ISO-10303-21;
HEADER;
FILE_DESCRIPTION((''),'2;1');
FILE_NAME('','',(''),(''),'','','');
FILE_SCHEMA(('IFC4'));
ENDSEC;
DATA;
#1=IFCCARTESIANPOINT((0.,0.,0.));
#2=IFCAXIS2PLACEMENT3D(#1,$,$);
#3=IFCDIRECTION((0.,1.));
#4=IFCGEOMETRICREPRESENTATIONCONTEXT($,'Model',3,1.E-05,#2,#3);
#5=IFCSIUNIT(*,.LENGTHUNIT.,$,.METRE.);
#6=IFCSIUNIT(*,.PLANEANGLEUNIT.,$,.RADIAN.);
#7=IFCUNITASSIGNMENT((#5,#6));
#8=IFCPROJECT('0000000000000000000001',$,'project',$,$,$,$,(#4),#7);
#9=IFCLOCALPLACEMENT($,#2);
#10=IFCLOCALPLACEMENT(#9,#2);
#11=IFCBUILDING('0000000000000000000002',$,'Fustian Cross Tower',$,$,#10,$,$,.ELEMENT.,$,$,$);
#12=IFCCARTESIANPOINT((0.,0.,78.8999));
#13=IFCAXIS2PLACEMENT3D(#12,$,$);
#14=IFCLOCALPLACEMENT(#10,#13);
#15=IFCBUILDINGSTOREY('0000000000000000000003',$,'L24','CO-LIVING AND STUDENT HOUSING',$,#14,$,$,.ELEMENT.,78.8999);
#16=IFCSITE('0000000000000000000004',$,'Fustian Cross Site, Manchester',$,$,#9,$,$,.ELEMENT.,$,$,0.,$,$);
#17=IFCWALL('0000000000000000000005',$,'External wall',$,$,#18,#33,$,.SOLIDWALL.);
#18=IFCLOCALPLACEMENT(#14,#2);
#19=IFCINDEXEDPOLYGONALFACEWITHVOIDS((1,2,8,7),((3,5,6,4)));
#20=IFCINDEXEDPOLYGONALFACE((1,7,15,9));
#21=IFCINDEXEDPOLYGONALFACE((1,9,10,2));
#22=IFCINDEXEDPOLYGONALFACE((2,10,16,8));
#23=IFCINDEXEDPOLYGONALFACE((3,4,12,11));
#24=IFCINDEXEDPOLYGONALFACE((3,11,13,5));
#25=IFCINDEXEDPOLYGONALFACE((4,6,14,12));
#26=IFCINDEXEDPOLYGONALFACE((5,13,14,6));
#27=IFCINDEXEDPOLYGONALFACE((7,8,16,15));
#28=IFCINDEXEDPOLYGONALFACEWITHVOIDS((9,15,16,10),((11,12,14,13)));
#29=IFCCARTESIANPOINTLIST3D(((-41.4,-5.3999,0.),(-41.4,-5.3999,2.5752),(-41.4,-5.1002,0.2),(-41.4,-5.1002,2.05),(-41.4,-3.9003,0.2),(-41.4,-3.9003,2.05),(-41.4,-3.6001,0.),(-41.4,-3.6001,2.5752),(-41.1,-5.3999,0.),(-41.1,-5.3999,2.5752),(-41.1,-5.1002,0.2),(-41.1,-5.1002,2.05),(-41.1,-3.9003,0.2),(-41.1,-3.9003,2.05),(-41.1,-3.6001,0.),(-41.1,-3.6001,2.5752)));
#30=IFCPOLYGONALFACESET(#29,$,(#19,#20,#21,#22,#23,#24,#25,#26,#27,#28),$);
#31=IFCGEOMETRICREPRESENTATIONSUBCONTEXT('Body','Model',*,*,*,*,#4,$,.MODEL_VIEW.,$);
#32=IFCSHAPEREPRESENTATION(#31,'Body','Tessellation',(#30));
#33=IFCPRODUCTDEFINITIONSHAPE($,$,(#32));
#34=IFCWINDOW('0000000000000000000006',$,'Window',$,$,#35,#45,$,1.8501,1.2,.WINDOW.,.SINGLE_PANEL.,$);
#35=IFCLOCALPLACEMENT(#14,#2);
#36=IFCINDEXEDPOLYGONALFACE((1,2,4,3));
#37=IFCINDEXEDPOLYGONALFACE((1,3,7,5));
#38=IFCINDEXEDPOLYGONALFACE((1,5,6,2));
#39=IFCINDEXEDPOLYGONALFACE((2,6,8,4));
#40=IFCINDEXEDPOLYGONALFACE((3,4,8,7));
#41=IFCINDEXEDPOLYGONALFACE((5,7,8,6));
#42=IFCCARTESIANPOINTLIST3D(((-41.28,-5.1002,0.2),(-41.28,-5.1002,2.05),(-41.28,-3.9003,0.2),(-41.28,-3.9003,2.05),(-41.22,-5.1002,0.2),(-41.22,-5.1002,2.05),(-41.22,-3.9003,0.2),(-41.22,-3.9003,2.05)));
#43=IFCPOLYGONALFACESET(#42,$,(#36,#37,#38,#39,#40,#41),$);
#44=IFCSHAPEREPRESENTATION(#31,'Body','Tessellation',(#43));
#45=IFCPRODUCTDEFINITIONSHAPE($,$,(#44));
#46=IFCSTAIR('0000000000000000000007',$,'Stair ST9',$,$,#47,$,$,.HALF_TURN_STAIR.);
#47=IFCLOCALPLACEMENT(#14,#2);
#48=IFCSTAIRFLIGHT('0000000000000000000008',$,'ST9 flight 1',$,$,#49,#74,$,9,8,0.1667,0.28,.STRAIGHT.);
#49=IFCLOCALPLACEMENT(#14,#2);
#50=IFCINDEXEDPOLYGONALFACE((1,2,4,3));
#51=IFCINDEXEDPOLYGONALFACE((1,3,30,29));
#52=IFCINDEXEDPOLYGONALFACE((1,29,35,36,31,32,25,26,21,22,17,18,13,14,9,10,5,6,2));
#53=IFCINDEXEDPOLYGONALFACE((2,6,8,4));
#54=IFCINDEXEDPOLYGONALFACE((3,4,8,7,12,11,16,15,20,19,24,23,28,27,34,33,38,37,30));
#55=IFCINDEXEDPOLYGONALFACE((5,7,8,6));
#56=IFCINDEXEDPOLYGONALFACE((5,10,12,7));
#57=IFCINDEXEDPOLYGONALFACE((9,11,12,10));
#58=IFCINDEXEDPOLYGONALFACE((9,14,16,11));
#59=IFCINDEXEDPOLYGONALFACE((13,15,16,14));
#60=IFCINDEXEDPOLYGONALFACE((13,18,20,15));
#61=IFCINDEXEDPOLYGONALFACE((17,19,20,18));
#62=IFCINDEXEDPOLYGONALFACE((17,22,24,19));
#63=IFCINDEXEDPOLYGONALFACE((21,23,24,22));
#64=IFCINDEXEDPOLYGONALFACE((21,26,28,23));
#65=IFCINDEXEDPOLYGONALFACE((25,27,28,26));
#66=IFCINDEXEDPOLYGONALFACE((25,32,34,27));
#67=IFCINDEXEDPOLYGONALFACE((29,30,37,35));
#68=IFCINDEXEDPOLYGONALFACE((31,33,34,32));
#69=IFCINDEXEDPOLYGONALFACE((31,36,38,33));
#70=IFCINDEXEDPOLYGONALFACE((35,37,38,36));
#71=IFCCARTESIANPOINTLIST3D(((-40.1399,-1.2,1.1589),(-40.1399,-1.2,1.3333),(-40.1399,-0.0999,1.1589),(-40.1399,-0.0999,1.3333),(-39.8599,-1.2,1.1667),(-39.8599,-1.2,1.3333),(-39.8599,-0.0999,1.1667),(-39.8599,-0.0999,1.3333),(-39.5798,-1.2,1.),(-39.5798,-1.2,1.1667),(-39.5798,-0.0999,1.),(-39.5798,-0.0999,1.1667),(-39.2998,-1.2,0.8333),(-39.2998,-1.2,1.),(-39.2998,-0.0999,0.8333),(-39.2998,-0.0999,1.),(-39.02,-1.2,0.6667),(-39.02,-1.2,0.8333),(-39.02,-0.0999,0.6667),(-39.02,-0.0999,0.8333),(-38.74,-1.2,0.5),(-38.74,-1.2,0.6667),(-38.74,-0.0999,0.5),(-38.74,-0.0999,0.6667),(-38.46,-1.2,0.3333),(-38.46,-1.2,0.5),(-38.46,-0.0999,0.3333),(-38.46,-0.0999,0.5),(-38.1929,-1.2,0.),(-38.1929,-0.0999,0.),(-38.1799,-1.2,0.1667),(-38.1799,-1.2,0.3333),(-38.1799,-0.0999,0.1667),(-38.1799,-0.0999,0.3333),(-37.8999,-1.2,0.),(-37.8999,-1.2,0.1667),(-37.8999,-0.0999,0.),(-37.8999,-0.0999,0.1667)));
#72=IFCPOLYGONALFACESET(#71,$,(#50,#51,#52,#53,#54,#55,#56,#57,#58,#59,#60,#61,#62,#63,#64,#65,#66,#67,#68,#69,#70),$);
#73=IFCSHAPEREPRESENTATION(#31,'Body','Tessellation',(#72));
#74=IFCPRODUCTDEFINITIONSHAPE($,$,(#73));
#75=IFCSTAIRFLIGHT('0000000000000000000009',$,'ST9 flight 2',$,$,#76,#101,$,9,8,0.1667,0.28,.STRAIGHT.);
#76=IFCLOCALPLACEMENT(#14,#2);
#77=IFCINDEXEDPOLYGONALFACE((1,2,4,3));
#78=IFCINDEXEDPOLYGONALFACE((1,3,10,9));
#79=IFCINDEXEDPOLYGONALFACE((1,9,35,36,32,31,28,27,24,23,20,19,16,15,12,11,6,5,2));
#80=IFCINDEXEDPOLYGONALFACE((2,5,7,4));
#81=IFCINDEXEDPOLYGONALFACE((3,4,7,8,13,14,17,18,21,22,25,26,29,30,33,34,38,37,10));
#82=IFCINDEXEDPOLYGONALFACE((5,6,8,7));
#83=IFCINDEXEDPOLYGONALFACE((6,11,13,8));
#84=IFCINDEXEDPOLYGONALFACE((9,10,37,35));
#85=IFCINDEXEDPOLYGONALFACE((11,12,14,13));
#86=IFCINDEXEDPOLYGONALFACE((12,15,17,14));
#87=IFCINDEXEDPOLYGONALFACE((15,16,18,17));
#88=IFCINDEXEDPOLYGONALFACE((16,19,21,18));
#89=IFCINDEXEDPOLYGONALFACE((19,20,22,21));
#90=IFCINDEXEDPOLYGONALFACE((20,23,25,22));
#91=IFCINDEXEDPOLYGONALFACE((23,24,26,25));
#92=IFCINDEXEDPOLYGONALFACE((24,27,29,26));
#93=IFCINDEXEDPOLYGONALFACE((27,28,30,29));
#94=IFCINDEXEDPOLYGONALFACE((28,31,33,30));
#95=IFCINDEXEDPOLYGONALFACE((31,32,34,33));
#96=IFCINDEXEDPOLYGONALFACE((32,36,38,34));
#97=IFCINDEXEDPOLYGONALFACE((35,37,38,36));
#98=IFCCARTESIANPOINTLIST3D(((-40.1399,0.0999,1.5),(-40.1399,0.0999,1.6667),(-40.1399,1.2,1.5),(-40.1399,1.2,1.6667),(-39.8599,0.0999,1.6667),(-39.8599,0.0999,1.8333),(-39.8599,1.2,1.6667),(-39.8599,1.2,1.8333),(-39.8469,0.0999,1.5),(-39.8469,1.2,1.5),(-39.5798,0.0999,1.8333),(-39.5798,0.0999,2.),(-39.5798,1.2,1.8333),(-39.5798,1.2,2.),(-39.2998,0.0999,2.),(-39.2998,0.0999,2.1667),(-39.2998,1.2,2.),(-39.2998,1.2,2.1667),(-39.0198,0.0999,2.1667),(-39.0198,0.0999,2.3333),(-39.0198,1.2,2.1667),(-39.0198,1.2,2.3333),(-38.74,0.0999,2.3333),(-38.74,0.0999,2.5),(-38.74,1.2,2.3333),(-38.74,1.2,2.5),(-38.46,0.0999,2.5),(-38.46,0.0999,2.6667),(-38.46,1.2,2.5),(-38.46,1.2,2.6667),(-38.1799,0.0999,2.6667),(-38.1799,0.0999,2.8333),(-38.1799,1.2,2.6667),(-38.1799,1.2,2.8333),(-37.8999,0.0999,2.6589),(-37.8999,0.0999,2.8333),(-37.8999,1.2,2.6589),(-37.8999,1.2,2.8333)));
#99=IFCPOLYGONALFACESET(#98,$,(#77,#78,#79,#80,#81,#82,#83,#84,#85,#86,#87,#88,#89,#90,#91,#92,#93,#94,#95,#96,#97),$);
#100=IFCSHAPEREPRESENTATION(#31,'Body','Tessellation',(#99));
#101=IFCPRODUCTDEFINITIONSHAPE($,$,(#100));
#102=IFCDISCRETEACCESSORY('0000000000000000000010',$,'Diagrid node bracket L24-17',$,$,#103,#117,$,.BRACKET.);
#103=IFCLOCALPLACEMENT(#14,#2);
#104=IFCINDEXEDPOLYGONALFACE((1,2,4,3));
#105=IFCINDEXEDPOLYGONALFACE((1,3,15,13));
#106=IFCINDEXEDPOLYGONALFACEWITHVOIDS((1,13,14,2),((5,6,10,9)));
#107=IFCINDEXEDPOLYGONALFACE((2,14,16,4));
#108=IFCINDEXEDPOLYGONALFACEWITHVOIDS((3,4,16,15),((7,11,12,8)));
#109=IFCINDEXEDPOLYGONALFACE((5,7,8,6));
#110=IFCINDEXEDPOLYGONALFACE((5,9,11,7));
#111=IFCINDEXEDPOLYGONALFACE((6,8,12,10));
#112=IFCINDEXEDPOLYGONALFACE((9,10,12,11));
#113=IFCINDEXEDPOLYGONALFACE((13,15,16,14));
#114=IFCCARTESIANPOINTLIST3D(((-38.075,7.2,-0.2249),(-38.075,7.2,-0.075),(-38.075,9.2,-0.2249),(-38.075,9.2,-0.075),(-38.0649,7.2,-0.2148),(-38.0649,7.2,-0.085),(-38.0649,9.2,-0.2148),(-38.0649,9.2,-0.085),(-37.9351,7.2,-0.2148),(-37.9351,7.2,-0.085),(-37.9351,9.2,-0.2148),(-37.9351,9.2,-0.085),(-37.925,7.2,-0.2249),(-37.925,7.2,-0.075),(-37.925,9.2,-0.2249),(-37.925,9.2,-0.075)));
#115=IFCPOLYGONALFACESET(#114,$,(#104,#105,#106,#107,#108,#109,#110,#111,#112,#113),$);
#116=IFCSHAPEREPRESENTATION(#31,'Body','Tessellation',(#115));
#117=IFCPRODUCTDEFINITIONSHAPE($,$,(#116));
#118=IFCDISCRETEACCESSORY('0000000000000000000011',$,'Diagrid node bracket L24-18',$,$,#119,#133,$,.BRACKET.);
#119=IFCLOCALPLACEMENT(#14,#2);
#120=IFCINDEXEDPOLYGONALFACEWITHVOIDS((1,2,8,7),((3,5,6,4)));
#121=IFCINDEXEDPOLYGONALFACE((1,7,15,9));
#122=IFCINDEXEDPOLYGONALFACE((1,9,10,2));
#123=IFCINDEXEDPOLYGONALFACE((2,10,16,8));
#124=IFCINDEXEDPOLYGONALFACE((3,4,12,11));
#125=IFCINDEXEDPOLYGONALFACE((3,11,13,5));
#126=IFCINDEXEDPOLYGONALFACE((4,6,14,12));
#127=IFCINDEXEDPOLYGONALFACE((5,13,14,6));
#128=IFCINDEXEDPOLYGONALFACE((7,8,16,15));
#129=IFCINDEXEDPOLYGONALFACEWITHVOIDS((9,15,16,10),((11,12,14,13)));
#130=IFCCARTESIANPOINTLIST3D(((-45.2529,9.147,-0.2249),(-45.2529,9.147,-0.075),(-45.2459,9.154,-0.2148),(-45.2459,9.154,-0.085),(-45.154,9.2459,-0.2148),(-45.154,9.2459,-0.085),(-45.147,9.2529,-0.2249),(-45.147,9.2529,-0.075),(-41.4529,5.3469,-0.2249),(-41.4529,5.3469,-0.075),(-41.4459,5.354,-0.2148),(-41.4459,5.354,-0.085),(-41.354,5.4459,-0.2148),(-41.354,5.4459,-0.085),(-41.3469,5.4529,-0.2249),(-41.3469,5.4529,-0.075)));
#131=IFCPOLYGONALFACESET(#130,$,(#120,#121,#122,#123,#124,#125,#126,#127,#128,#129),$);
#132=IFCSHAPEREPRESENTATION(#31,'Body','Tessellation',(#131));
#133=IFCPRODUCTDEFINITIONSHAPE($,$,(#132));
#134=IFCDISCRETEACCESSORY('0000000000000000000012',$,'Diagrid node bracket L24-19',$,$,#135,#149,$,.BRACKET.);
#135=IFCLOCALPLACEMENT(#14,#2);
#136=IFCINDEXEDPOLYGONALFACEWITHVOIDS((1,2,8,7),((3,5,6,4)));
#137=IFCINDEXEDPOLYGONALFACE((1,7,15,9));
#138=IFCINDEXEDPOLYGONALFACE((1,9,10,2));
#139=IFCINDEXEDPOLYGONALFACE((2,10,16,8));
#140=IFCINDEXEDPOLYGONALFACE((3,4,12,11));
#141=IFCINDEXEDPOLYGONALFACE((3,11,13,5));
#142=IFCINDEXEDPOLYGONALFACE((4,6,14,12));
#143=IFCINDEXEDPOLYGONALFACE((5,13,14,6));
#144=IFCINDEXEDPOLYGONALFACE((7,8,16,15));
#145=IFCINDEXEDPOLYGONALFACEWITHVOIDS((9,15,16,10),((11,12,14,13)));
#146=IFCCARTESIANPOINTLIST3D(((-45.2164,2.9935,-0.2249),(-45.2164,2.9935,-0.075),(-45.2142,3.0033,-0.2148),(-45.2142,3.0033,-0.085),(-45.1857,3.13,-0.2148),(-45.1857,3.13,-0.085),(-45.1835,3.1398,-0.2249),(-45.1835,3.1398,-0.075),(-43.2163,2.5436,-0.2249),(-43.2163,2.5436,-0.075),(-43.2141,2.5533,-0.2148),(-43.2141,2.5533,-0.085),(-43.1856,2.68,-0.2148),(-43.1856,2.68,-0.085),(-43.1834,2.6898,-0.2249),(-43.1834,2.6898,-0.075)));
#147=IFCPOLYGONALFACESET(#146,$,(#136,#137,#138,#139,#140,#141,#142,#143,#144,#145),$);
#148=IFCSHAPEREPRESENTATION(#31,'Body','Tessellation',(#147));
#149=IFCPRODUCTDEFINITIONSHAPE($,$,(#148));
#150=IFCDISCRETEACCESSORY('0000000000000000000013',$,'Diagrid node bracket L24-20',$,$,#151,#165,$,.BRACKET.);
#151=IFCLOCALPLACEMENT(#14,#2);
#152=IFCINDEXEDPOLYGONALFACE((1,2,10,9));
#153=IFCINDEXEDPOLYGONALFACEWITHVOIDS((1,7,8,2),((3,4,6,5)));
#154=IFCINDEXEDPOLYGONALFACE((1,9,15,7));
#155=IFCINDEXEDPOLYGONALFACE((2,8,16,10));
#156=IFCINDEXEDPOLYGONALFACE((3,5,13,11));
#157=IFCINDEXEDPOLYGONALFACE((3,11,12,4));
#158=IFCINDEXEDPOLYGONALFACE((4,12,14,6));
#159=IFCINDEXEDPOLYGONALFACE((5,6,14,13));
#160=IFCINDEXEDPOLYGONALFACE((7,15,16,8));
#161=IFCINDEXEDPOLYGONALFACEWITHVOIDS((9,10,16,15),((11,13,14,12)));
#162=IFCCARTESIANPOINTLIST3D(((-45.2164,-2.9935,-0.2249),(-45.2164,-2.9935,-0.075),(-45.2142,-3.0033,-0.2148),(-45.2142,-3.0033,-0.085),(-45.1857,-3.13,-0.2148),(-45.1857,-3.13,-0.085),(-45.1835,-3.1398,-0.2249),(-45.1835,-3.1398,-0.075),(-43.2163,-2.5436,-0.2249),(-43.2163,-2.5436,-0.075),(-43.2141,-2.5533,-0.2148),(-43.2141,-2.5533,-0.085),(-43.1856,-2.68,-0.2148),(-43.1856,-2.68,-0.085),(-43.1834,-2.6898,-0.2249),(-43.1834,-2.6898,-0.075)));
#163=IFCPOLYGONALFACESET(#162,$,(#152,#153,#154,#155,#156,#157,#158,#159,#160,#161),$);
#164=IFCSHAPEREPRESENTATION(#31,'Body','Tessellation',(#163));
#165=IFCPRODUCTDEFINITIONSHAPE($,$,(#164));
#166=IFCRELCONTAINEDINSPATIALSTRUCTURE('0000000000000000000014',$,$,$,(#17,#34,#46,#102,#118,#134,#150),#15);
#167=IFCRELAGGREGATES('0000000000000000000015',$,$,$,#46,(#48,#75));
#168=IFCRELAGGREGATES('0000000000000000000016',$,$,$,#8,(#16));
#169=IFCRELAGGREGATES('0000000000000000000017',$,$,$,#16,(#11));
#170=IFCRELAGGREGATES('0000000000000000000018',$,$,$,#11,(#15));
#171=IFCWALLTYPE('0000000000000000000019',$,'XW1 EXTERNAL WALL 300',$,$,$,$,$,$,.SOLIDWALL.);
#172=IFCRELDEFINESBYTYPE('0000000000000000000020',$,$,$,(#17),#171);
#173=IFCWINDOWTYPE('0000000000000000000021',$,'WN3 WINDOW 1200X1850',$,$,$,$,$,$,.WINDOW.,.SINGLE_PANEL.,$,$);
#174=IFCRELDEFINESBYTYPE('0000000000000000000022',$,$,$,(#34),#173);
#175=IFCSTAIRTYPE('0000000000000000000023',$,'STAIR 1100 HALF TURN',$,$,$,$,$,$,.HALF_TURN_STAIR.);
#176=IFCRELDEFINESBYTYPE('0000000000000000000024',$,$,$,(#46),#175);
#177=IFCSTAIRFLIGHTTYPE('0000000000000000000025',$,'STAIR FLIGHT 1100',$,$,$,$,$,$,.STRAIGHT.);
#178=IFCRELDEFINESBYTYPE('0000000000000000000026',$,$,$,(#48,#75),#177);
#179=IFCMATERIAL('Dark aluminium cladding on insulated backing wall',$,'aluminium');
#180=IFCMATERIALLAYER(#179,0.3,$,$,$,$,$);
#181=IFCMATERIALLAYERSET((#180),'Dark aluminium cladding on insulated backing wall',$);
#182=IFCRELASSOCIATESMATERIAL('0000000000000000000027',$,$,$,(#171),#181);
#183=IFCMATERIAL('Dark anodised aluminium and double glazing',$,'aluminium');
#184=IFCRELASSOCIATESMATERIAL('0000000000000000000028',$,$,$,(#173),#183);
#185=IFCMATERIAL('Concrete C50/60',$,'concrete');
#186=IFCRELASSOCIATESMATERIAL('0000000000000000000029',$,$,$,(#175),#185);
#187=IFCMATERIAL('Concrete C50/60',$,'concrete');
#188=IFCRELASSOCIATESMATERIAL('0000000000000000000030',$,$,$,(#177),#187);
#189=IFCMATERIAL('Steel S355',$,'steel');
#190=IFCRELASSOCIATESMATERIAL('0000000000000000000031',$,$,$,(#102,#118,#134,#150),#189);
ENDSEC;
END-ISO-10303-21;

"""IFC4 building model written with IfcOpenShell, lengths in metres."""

from ifc_helpers import new_model, si_unit, direction, frame, frame_2d, origin, origin_2d, place, context, subcontext, project, spatial, polyline, rectangle, hollow_rectangle, outline, extrude, material, layer, layer_set, type_object, element, fill, aggregate, save


model = new_model("IFC4")

# Units and contexts
model_context = context("Model", 3, precision=1e-05, world=origin(), true_north=direction((0.0, 1.0)))
body_context = subcontext(model_context, "Body", "Model", "MODEL_VIEW")
ifc_project = project(units=[si_unit("LENGTHUNIT", "METRE"), si_unit("PLANEANGLEUNIT", "RADIAN")], contexts=[model_context])

# Site, building, storey
site_placement = place(None, origin())
site = spatial("IfcSite", under=ifc_project, at=site_placement, Name="Fustian Cross Site, Manchester", CompositionType="ELEMENT", RefElevation=0.0)
building_placement = place(site_placement, origin())
building = spatial("IfcBuilding", under=site, at=building_placement, Name="Fustian Cross Tower", CompositionType="ELEMENT")
storey_placement = place(building_placement, frame((0.0, 0.0, 78.8999)))
storey = spatial("IfcBuildingStorey", under=building, at=storey_placement, Name="L24", Description="CO-LIVING AND STUDENT HOUSING", CompositionType="ELEMENT", Elevation=78.8999)

# Shared definitions
ifc_material_1 = material(Name="Dark aluminium cladding on insulated backing wall", Category="aluminium")
ifc_layer_1 = layer(ifc_material_1, 0.3)
ifc_layer_set_1 = layer_set([ifc_layer_1], Name="Dark aluminium cladding on insulated backing wall")
wall_type_1 = type_object("IfcWallType", Name="XW1 EXTERNAL WALL 300", PredefinedType="SOLIDWALL", material=ifc_layer_set_1)

# Shared definitions
ifc_material_2 = material(Name="Dark anodised aluminium and double glazing", Category="aluminium")
window_type_1 = type_object("IfcWindowType", Name="WN3 WINDOW 1200X1850", PartitioningType="SINGLE_PANEL", PredefinedType="WINDOW", material=ifc_material_2)

# Wall, opening, window
wall_1_placement = place(storey_placement, frame((-41.25, -3.6001, 0.0), z_axis=(0.0, 0.0, 1.0), x_axis=(0.0, -1.0, 0.0)))
wall_1 = element("IfcWall", 1, at=wall_1_placement, inside=storey, type_object=wall_type_1, Name="External wall", PredefinedType="SOLIDWALL", context=body_context, shape_type="SweptSolid", body=[
    extrude(rectangle(XDim=1.7998, YDim=0.3, at=frame_2d((0.8999, 0.0))), origin(), (0.0, 0.0, 1.0), 2.5752),
])
opening_1_placement = place(wall_1_placement, frame((0.3, 0.0, 0.2)))
opening_1 = element("IfcOpeningElement", 2, at=opening_1_placement, cuts=wall_1, PredefinedType="OPENING", context=body_context, shape_type="SweptSolid", body=[
    extrude(rectangle(XDim=1.2, YDim=1.8501, at=frame_2d((0.6001, 0.925))), frame((0.0, 0.1599, 0.0), z_axis=(0.0, -1.0, 0.0), x_axis=(1.0, 0.0, 0.0)), (0.0, 0.0, 1.0), 0.3201),
])
window_1_placement = place(opening_1_placement, origin())
window_1 = element("IfcWindow", 3, at=window_1_placement, inside=storey, type_object=window_type_1, Name="Window", OverallHeight=1.8501, OverallWidth=1.2, PartitioningType="SINGLE_PANEL", PredefinedType="WINDOW", context=body_context, shape_type="SweptSolid", body=[
    extrude(rectangle(XDim=1.2, YDim=1.8501, at=frame_2d((0.6001, 0.925))), frame((0.0, 0.03, 0.0), z_axis=(0.0, -1.0, 0.0), x_axis=(1.0, 0.0, 0.0)), (0.0, 0.0, 1.0), 0.0601),
])
fill(opening_1, window_1)

# Stair, stair flights
ifc_material_3 = material(Name="Concrete C50/60", Category="concrete")
stair_type = type_object("IfcStairType", Name="STAIR 1100 HALF TURN", PredefinedType="HALF_TURN_STAIR", material=ifc_material_3)
stair_placement = place(storey_placement, origin())
stair = element("IfcStair", 4, at=stair_placement, inside=storey, type_object=stair_type, Name="Stair ST9", PredefinedType="HALF_TURN_STAIR")
ifc_material_4 = material(Name="Concrete C50/60", Category="concrete")
stair_flight_type = type_object("IfcStairFlightType", Name="STAIR FLIGHT 1100", PredefinedType="STRAIGHT", material=ifc_material_4)
stair_flight_1_placement = place(storey_placement, frame((-37.8999, -0.6499, 0.0), z_axis=(0.0, 0.0, 1.0), x_axis=(-1.0, 0.0, 0.0)))
stair_flight_1 = element("IfcStairFlight", 5, at=stair_flight_1_placement, type_object=stair_flight_type, Name="ST9 flight 1", NumberOfRisers=9, NumberOfTreads=8, PredefinedType="STRAIGHT", RiserHeight=0.1667, TreadLength=0.28, context=body_context, shape_type="SweptSolid", body=[
    extrude(outline(polyline([(0.0, 0.0), (0.0, 0.1667), (0.28, 0.1667), (0.28, 0.3333), (0.5601, 0.3333), (0.5601, 0.5), (0.8401, 0.5), (0.8401, 0.6667), (1.1201, 0.6667), (1.1201, 0.8333), (1.3999, 0.8333), (1.3999, 1.0), (1.6799, 1.0), (1.6799, 1.1667), (1.96, 1.1667), (1.96, 1.3333), (2.24, 1.3333), (2.24, 1.5), (2.24, 1.1589), (0.293, 0.0), (0.0, 0.0)])), frame((0.0, 0.55, 0.0), z_axis=(0.0, -1.0, 0.0), x_axis=(1.0, 0.0, 0.0)), (0.0, 0.0, 1.0), 1.1001),
])
stair_flight_2_placement = place(storey_placement, frame((-40.1399, 0.6499, 1.5), z_axis=(0.0, 0.0, 1.0), x_axis=(1.0, 0.0, 0.0)))
stair_flight_2 = element("IfcStairFlight", 6, at=stair_flight_2_placement, type_object=stair_flight_type, Name="ST9 flight 2", NumberOfRisers=9, NumberOfTreads=8, PredefinedType="STRAIGHT", RiserHeight=0.1667, TreadLength=0.28, context=body_context, shape_type="SweptSolid", body=[
    extrude(outline(polyline([(0.0, 0.0), (0.0, 0.1667), (0.28, 0.1667), (0.28, 0.3333), (0.5601, 0.3333), (0.5601, 0.5), (0.8401, 0.5), (0.8401, 0.6667), (1.1201, 0.6667), (1.1201, 0.8333), (1.3999, 0.8333), (1.3999, 1.0), (1.6799, 1.0), (1.6799, 1.1667), (1.96, 1.1667), (1.96, 1.3333), (2.24, 1.3333), (2.24, 1.5), (2.24, 1.1589), (0.293, 0.0), (0.0, 0.0)])), frame((0.0, 0.55, 0.0), z_axis=(0.0, -1.0, 0.0), x_axis=(1.0, 0.0, 0.0)), (0.0, 0.0, 1.0), 1.1001),
])
aggregate(stair, [stair_flight_1, stair_flight_2])

# Discrete accessories
ifc_material_5 = material(Name="Steel S355", Category="steel")
discrete_accessory_1_placement = place(storey_placement, frame((-38.0, 9.2, -0.1499), z_axis=(0.0, -1.0, 0.0), x_axis=(1.0, 0.0, 0.0)))
element("IfcDiscreteAccessory", 7, at=discrete_accessory_1_placement, inside=storey, material=ifc_material_5, Name="Diagrid node bracket L24-17", PredefinedType="BRACKET", context=body_context, shape_type="SweptSolid", body=[
    extrude(hollow_rectangle(XDim=0.1499, YDim=0.1499, WallThickness=0.01, at=origin_2d()), origin(), (0.0, 0.0, 1.0), 2.0),
])
discrete_accessory_2_placement = place(storey_placement, frame((-45.2, 9.2, -0.1499), z_axis=(0.707107, -0.707107, 0.0), x_axis=(0.707107, 0.707107, 0.0)))
element("IfcDiscreteAccessory", 8, at=discrete_accessory_2_placement, inside=storey, material=ifc_material_5, Name="Diagrid node bracket L24-18", PredefinedType="BRACKET", context=body_context, shape_type="SweptSolid", body=[
    extrude(hollow_rectangle(XDim=0.1499, YDim=0.1499, WallThickness=0.01, at=origin_2d()), origin(), (0.0, 0.0, 1.0), 5.374),
])
for number, where, z_axis, x_axis, name in (
    (9, (-45.2, 3.0667, -0.1499), (0.975615, -0.21949, 0.0), (0.21949, 0.975615, 0.0), "Diagrid node bracket L24-19"),
    (10, (-45.2, -3.0667, -0.1499), (0.975615, 0.21949, 0.0), (-0.21949, 0.975615, 0.0), "Diagrid node bracket L24-20"),
):
    element("IfcDiscreteAccessory", number, at=place(storey_placement, frame(where, z_axis=z_axis, x_axis=x_axis)), inside=storey, material=ifc_material_5, Name=name, PredefinedType="BRACKET", context=body_context, shape_type="SweptSolid", body=[
        extrude(hollow_rectangle(XDim=0.1499, YDim=0.1499, WallThickness=0.01, at=origin_2d()), origin(), (0.0, 0.0, 1.0), 2.05),
    ])

save(model, "model.ifc")
